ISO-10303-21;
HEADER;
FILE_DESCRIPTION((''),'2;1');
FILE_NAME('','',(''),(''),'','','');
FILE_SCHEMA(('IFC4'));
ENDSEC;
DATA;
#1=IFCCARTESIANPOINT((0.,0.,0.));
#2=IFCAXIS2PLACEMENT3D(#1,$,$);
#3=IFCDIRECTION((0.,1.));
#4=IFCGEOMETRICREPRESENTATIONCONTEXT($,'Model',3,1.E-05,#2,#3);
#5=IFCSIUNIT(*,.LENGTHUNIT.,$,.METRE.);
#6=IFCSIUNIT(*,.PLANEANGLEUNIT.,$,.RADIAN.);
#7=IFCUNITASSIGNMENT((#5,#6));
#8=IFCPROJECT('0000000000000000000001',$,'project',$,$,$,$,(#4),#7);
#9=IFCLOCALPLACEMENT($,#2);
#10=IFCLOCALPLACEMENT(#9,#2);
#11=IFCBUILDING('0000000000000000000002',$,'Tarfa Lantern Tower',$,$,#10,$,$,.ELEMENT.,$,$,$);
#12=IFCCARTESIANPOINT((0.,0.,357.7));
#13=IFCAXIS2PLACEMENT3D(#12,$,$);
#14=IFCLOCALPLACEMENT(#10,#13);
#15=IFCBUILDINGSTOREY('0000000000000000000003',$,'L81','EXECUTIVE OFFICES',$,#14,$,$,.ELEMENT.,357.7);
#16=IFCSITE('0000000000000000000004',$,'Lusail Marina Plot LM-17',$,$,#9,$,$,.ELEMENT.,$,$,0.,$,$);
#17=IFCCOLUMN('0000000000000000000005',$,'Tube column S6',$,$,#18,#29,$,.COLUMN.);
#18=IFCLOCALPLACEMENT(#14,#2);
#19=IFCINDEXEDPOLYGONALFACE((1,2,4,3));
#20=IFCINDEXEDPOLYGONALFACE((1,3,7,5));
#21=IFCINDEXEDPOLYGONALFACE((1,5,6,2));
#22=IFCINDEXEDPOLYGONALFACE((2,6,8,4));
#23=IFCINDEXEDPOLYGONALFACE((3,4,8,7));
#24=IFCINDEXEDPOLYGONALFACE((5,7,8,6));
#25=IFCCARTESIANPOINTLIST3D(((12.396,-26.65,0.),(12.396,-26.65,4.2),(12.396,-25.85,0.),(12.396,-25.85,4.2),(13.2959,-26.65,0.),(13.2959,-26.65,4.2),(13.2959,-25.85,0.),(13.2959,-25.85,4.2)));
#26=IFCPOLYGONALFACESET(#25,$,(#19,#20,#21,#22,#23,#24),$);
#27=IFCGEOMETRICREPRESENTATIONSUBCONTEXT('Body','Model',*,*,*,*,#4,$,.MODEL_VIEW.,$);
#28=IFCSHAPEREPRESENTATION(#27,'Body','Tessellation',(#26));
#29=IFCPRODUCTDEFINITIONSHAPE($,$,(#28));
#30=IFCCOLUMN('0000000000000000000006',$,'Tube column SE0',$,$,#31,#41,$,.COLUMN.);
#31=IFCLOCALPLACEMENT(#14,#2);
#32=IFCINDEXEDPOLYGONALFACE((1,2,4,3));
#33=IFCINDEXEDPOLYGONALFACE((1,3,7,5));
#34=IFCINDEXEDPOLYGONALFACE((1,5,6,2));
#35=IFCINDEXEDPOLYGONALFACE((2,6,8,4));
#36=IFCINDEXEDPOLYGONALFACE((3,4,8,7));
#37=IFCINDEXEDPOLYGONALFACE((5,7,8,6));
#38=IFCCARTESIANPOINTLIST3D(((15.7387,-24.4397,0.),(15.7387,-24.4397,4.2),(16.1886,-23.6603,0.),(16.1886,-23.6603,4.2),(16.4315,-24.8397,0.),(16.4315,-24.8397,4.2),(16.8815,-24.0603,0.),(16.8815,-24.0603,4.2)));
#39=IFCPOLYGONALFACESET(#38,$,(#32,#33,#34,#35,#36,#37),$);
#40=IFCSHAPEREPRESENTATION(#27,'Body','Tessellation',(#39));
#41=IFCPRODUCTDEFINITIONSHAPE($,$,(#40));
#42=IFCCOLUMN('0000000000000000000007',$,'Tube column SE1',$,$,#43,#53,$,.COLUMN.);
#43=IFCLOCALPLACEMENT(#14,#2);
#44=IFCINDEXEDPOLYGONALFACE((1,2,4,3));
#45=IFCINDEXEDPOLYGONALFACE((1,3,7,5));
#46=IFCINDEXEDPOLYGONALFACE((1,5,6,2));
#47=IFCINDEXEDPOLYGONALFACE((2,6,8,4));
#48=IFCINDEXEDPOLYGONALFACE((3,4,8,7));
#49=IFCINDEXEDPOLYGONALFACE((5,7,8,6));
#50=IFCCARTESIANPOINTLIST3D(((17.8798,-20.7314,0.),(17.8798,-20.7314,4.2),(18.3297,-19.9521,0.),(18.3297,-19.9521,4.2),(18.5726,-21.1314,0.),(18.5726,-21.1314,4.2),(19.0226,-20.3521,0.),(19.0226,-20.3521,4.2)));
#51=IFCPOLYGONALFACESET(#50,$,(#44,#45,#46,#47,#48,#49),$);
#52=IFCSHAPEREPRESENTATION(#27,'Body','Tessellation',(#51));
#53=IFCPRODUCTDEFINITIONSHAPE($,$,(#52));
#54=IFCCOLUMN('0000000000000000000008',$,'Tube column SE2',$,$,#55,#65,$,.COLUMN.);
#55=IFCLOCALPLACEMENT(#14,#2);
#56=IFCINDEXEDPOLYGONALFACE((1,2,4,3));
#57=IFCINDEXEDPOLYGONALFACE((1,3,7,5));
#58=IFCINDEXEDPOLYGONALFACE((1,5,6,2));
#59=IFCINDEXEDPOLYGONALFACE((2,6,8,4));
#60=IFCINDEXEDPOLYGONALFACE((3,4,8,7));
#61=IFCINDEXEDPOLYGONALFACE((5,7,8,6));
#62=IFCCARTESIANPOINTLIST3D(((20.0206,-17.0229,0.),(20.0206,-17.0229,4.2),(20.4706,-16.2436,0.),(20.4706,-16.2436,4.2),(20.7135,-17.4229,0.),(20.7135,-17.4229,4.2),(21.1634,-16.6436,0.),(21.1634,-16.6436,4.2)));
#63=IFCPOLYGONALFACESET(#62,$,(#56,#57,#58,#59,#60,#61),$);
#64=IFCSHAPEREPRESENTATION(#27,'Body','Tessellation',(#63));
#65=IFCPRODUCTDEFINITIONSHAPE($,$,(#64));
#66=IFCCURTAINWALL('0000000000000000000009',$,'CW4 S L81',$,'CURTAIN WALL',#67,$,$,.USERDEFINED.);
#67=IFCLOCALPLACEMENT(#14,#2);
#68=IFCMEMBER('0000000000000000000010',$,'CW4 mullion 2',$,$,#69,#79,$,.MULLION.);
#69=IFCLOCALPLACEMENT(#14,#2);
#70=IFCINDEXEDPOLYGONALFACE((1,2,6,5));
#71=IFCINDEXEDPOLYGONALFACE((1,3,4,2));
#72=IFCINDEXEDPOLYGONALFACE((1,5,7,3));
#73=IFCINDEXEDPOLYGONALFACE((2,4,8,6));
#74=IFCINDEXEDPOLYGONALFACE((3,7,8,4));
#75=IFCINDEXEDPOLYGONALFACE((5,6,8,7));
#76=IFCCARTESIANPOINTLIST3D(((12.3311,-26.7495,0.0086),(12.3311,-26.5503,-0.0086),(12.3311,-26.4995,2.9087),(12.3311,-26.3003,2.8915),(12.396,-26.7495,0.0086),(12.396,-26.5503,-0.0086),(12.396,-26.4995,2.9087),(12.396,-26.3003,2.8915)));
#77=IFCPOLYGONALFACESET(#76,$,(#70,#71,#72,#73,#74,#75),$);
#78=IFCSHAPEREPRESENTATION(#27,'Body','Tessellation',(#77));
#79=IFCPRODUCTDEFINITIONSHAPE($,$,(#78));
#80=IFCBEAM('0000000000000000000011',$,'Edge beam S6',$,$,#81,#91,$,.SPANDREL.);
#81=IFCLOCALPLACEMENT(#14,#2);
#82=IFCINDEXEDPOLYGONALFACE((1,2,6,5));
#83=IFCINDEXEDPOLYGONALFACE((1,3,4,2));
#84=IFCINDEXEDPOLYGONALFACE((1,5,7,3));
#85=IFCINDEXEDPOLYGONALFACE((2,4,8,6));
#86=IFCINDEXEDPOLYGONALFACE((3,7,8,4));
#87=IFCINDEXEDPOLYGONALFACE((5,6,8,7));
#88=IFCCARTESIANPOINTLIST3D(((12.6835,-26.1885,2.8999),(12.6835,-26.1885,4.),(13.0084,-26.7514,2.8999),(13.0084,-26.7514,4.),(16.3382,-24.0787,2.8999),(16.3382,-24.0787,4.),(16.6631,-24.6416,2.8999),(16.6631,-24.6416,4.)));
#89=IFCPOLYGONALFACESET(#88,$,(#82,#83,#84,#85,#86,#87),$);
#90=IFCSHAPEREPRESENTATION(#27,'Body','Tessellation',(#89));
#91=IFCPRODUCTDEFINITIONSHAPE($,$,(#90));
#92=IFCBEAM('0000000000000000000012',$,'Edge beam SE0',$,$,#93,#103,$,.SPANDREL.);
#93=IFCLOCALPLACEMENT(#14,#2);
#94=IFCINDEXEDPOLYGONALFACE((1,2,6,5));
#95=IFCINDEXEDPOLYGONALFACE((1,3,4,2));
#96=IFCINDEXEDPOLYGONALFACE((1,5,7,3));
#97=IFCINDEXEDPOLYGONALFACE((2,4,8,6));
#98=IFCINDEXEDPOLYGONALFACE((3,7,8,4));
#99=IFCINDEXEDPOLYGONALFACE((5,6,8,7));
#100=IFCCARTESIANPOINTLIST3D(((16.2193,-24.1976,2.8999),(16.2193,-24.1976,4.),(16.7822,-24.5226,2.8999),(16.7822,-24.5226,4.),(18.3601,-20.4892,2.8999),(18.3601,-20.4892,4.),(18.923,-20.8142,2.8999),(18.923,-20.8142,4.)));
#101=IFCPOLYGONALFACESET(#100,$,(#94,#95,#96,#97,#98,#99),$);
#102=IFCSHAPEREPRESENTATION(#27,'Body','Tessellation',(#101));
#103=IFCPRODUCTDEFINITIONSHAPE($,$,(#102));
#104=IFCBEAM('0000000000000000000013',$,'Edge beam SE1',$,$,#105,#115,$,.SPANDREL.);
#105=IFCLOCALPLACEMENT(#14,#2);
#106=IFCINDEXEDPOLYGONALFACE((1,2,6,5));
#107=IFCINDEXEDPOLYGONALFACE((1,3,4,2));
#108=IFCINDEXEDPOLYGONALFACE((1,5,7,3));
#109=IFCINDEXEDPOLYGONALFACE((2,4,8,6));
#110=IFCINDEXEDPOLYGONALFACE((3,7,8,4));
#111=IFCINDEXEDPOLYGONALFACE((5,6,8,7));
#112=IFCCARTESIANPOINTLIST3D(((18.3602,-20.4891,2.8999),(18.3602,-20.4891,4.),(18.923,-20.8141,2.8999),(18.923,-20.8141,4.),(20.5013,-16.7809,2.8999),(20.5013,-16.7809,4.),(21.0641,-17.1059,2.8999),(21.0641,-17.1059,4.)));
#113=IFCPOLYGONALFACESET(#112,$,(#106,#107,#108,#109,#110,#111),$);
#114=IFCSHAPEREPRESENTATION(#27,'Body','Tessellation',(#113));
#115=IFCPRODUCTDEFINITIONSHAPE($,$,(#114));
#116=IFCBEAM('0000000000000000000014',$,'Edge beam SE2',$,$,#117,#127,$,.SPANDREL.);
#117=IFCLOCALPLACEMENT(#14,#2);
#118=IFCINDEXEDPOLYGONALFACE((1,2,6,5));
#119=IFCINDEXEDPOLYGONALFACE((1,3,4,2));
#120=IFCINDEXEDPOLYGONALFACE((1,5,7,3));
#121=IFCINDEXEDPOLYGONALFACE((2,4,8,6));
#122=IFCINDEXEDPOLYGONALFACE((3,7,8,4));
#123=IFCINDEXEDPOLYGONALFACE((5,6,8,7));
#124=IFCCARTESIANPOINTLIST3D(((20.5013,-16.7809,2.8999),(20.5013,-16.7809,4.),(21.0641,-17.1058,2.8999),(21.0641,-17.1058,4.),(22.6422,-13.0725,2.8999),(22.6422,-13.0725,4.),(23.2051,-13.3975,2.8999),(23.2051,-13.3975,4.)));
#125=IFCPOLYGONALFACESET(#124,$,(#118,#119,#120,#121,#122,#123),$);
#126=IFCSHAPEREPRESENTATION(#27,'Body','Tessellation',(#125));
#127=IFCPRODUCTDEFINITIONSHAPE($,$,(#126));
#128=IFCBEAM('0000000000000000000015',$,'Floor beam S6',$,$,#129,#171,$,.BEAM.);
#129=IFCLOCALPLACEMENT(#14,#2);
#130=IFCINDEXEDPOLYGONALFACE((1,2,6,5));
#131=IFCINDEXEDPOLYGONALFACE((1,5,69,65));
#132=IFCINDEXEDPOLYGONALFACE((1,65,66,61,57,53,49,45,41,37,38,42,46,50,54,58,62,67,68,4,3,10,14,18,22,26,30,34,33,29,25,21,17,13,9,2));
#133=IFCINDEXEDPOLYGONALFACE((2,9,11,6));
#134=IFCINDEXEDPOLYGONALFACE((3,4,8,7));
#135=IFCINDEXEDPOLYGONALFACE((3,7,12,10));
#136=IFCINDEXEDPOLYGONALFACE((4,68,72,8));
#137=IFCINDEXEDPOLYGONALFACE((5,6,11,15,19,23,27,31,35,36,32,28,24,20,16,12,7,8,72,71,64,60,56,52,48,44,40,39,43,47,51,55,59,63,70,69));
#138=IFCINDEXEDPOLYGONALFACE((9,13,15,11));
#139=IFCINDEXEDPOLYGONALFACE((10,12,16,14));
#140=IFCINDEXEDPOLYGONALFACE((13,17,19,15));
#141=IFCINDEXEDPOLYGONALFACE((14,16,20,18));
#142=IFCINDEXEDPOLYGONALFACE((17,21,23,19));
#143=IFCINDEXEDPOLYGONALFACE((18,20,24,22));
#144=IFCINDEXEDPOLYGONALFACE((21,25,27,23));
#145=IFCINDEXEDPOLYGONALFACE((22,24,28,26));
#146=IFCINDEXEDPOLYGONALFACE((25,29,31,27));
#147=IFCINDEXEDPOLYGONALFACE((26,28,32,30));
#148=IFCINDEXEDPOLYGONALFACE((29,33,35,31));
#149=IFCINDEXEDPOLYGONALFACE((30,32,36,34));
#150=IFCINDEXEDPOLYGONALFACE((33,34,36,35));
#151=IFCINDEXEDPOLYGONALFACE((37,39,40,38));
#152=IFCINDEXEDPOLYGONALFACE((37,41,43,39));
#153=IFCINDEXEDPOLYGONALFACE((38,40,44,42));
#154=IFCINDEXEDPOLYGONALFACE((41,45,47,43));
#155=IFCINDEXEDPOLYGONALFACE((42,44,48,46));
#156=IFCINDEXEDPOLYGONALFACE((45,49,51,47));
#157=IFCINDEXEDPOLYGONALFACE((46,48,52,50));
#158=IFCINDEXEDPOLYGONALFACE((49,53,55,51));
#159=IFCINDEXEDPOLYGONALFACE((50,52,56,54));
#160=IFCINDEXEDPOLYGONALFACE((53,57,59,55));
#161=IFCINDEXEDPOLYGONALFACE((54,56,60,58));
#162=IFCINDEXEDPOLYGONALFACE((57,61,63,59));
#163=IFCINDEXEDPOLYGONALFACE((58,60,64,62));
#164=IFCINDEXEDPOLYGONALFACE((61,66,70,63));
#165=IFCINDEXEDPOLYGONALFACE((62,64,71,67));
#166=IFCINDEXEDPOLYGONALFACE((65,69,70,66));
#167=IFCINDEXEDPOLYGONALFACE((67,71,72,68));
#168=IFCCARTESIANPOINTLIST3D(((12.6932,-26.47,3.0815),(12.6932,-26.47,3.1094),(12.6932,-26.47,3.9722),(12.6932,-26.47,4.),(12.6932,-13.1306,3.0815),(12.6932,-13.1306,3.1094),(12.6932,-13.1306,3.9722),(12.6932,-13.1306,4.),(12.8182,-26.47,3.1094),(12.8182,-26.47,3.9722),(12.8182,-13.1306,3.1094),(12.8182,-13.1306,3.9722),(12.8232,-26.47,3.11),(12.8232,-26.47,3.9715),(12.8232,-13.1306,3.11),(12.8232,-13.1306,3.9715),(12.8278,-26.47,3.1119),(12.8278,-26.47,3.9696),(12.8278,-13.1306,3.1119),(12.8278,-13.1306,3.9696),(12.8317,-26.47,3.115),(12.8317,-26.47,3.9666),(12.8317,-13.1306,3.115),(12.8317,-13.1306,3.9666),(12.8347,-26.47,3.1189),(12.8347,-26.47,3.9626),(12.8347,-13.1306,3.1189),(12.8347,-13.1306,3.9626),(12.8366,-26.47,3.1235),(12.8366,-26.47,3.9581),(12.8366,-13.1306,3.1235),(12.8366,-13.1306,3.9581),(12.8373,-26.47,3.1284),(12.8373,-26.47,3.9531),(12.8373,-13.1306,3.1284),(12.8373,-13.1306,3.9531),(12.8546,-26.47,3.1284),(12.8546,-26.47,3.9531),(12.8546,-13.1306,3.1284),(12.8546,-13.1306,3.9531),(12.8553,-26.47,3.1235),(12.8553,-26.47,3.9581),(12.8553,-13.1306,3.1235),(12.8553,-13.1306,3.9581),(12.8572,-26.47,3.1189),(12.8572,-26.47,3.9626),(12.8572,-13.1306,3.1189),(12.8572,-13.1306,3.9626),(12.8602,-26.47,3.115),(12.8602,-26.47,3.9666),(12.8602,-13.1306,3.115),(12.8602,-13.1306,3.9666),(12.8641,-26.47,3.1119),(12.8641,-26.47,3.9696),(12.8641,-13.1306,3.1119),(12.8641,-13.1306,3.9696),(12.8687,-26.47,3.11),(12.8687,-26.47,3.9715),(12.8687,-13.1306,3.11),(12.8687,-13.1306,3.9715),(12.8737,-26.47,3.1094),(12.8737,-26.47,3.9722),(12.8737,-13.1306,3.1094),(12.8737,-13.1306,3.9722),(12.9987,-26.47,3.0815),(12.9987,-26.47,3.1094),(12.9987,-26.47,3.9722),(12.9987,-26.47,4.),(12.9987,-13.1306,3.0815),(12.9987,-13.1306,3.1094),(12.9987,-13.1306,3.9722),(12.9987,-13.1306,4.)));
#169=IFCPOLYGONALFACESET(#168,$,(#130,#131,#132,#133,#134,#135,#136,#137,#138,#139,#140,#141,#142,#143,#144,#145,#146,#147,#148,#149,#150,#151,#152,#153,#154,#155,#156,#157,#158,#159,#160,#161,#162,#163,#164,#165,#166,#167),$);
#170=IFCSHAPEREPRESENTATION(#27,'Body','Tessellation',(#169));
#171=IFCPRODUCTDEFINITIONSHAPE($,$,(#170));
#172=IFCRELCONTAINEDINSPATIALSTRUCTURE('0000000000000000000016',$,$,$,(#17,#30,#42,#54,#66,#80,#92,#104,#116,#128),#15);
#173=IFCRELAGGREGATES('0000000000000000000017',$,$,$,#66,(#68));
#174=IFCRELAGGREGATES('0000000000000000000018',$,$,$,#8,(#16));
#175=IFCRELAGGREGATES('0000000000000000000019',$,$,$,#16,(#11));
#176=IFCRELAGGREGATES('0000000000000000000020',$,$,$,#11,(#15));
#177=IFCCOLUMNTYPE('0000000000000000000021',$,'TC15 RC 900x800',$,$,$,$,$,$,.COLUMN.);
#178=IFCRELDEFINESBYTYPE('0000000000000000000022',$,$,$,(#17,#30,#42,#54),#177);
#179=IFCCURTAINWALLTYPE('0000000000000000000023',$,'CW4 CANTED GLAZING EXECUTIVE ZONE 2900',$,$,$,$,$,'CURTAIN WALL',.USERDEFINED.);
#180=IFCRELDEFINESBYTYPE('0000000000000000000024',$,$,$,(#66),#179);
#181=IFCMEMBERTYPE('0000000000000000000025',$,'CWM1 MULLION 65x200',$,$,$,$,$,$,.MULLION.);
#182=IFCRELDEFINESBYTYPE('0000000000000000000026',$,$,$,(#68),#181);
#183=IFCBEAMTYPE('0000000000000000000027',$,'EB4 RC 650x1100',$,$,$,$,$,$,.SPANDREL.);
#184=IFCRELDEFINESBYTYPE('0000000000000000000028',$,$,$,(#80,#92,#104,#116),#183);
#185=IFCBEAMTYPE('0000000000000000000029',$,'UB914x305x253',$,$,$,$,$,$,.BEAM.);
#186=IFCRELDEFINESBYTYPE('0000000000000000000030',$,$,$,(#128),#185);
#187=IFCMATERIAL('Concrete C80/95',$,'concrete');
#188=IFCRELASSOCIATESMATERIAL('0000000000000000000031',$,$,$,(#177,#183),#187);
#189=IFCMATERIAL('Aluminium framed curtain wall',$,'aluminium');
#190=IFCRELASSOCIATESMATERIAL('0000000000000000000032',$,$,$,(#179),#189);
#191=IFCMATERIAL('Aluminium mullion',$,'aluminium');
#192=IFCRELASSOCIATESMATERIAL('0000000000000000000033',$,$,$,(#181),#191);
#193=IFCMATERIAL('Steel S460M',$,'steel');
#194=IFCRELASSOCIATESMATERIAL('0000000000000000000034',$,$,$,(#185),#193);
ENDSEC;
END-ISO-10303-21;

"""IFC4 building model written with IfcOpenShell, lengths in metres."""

from ifc_helpers import new_model, si_unit, direction, frame, origin, origin_2d, place, context, subcontext, project, spatial, rectangle, i_section, extrude, material, material_profile, profile_set, type_object, element, aggregate, save


model = new_model("IFC4")

# Units and contexts
model_context = context("Model", 3, precision=1e-05, world=origin(), true_north=direction((0.0, 1.0)))
body_context = subcontext(model_context, "Body", "Model", "MODEL_VIEW")
ifc_project = project(units=[si_unit("LENGTHUNIT", "METRE"), si_unit("PLANEANGLEUNIT", "RADIAN")], contexts=[model_context])

# Site, building, storey
site_placement = place(None, origin())
site = spatial("IfcSite", under=ifc_project, at=site_placement, Name="Lusail Marina Plot LM-17", CompositionType="ELEMENT", RefElevation=0.0)
building_placement = place(site_placement, origin())
building = spatial("IfcBuilding", under=site, at=building_placement, Name="Tarfa Lantern Tower", CompositionType="ELEMENT")
storey_placement = place(building_placement, frame((0.0, 0.0, 357.7)))
storey = spatial("IfcBuildingStorey", under=building, at=storey_placement, Name="L81", Description="EXECUTIVE OFFICES", CompositionType="ELEMENT", Elevation=357.7)

# Columns
ifc_material_1 = material(Name="Concrete C80/95", Category="concrete")
ifc_material_profile_1 = material_profile(ifc_material_1, rectangle(XDim=0.8999, YDim=0.8, at=origin_2d()), Name="RC 900x800")
ifc_profile_set_1 = profile_set([ifc_material_profile_1], Name="Concrete C80/95")
column_type = type_object("IfcColumnType", Name="TC15 RC 900x800", PredefinedType="COLUMN", material=ifc_profile_set_1)
for number, where, z_axis, x_axis, name in (
    (1, (12.8459, -26.25, 0.0), (0.0, 0.0, 1.0), (1.0, 0.0, 0.0), "Tube column S6"),
    (2, (16.3101, -24.25, 0.0), (0.0, 0.0, 1.0), (0.5, 0.866025, 0.0), "Tube column SE0"),
    (3, (18.4512, -20.5417, 0.0), (0.0, 0.0, 1.0), (0.5, 0.866025, 0.0), "Tube column SE1"),
    (4, (20.592, -16.8333, 0.0), (0.0, 0.0, 1.0), (0.5, 0.866025, 0.0), "Tube column SE2"),
):
    element("IfcColumn", number, at=place(storey_placement, frame(where, z_axis=z_axis, x_axis=x_axis)), inside=storey, type_object=column_type, Name=name, PredefinedType="COLUMN", context=body_context, shape_type="SweptSolid", body=[
        extrude(rectangle(XDim=0.8999, YDim=0.8, at=origin_2d()), origin(), (0.0, 0.0, 1.0), 4.2),
    ])

# Curtain wall, member
ifc_material_2 = material(Name="Aluminium framed curtain wall", Category="aluminium")
curtain_wall_type = type_object("IfcCurtainWallType", Name="CW4 CANTED GLAZING EXECUTIVE ZONE 2900", ElementType="CURTAIN WALL", PredefinedType="USERDEFINED", material=ifc_material_2)
curtain_wall_placement = place(storey_placement, origin())
curtain_wall = element("IfcCurtainWall", 5, at=curtain_wall_placement, inside=storey, type_object=curtain_wall_type, Name="CW4 S L81", ObjectType="CURTAIN WALL", PredefinedType="USERDEFINED")
ifc_material_3 = material(Name="Aluminium mullion", Category="aluminium")
ifc_material_profile_2 = material_profile(ifc_material_3, rectangle(XDim=0.0649, YDim=0.2, at=origin_2d()), Name="AL MULLION 65x200")
ifc_profile_set_2 = profile_set([ifc_material_profile_2], Name="Aluminium mullion")
member_type = type_object("IfcMemberType", Name="CWM1 MULLION 65x200", PredefinedType="MULLION", material=ifc_profile_set_2)
member_placement = place(storey_placement, frame((12.3635, -26.6499, 0.0), z_axis=(0.0, 0.085884, 0.996305), x_axis=(-1.0, 0.0, 0.0)))
member = element("IfcMember", 6, at=member_placement, type_object=member_type, Name="CW4 mullion 2", PredefinedType="MULLION", context=body_context, shape_type="SweptSolid", body=[
    extrude(rectangle(XDim=0.0649, YDim=0.2, at=origin_2d()), origin(), (0.0, 0.0, 1.0), 2.9109),
])
aggregate(curtain_wall, [member])

# Beams
ifc_material_profile_3 = material_profile(ifc_material_1, rectangle(XDim=0.6499, YDim=1.1001, at=origin_2d()), Name="RC 650x1100")
ifc_profile_set_3 = profile_set([ifc_material_profile_3], Name="Concrete C80/95")
beam_type_1 = type_object("IfcBeamType", Name="EB4 RC 650x1100", PredefinedType="SPANDREL", material=ifc_profile_set_3)
beam_1_placement = place(storey_placement, frame((12.8459, -26.47, 3.45), z_axis=(0.866049, 0.499959, 0.0), x_axis=(-0.499959, 0.866049, 0.0)))
element("IfcBeam", 7, at=beam_1_placement, inside=storey, type_object=beam_type_1, Name="Edge beam S6", PredefinedType="SPANDREL", context=body_context, shape_type="SweptSolid", body=[
    extrude(rectangle(XDim=0.6499, YDim=1.1001, at=origin_2d()), origin(), (0.0, 0.0, 1.0), 4.22),
])
for number, where, z_axis, x_axis, name in (
    (8, (16.5007, -24.3601, 3.45), (0.499959, 0.866049, 0.0), (-0.866049, 0.499959, 0.0), "Edge beam SE0"),
    (9, (18.6416, -20.6516, 3.45), (0.500027, 0.86601, 0.0), (-0.86601, 0.500027, 0.0), "Edge beam SE1"),
    (10, (20.7827, -16.9434, 3.45), (0.499984, 0.866035, 0.0), (-0.866035, 0.499984, 0.0), "Edge beam SE2"),
):
    element("IfcBeam", number, at=place(storey_placement, frame(where, z_axis=z_axis, x_axis=x_axis)), inside=storey, type_object=beam_type_1, Name=name, PredefinedType="SPANDREL", context=body_context, shape_type="SweptSolid", body=[
        extrude(rectangle(XDim=0.6499, YDim=1.1001, at=origin_2d()), origin(), (0.0, 0.0, 1.0), 4.282),
    ])
ifc_material_4 = material(Name="Steel S460M", Category="steel")
ifc_material_profile_4 = material_profile(ifc_material_4, i_section(OverallWidth=0.3054, OverallDepth=0.9185, WebThickness=0.0173, FlangeThickness=0.0278, FilletRadius=0.019, at=origin_2d()), Name="UB914x305x253")
ifc_profile_set_4 = profile_set([ifc_material_profile_4], Name="Steel S460M")
beam_type_2 = type_object("IfcBeamType", Name="UB914x305x253", PredefinedType="BEAM", material=ifc_profile_set_4)
beam_2_placement = place(storey_placement, frame((12.8459, -26.47, 3.5408), z_axis=(0.0, 1.0, 0.0), x_axis=(-1.0, 0.0, 0.0)))
element("IfcBeam", 11, at=beam_2_placement, inside=storey, type_object=beam_type_2, Name="Floor beam S6", PredefinedType="BEAM", context=body_context, shape_type="SweptSolid", body=[
    extrude(i_section(OverallWidth=0.3054, OverallDepth=0.9185, WebThickness=0.0173, FlangeThickness=0.0278, FilletRadius=0.019, at=origin_2d()), origin(), (0.0, 0.0, 1.0), 13.3394),
])

save(model, "model.ifc")
